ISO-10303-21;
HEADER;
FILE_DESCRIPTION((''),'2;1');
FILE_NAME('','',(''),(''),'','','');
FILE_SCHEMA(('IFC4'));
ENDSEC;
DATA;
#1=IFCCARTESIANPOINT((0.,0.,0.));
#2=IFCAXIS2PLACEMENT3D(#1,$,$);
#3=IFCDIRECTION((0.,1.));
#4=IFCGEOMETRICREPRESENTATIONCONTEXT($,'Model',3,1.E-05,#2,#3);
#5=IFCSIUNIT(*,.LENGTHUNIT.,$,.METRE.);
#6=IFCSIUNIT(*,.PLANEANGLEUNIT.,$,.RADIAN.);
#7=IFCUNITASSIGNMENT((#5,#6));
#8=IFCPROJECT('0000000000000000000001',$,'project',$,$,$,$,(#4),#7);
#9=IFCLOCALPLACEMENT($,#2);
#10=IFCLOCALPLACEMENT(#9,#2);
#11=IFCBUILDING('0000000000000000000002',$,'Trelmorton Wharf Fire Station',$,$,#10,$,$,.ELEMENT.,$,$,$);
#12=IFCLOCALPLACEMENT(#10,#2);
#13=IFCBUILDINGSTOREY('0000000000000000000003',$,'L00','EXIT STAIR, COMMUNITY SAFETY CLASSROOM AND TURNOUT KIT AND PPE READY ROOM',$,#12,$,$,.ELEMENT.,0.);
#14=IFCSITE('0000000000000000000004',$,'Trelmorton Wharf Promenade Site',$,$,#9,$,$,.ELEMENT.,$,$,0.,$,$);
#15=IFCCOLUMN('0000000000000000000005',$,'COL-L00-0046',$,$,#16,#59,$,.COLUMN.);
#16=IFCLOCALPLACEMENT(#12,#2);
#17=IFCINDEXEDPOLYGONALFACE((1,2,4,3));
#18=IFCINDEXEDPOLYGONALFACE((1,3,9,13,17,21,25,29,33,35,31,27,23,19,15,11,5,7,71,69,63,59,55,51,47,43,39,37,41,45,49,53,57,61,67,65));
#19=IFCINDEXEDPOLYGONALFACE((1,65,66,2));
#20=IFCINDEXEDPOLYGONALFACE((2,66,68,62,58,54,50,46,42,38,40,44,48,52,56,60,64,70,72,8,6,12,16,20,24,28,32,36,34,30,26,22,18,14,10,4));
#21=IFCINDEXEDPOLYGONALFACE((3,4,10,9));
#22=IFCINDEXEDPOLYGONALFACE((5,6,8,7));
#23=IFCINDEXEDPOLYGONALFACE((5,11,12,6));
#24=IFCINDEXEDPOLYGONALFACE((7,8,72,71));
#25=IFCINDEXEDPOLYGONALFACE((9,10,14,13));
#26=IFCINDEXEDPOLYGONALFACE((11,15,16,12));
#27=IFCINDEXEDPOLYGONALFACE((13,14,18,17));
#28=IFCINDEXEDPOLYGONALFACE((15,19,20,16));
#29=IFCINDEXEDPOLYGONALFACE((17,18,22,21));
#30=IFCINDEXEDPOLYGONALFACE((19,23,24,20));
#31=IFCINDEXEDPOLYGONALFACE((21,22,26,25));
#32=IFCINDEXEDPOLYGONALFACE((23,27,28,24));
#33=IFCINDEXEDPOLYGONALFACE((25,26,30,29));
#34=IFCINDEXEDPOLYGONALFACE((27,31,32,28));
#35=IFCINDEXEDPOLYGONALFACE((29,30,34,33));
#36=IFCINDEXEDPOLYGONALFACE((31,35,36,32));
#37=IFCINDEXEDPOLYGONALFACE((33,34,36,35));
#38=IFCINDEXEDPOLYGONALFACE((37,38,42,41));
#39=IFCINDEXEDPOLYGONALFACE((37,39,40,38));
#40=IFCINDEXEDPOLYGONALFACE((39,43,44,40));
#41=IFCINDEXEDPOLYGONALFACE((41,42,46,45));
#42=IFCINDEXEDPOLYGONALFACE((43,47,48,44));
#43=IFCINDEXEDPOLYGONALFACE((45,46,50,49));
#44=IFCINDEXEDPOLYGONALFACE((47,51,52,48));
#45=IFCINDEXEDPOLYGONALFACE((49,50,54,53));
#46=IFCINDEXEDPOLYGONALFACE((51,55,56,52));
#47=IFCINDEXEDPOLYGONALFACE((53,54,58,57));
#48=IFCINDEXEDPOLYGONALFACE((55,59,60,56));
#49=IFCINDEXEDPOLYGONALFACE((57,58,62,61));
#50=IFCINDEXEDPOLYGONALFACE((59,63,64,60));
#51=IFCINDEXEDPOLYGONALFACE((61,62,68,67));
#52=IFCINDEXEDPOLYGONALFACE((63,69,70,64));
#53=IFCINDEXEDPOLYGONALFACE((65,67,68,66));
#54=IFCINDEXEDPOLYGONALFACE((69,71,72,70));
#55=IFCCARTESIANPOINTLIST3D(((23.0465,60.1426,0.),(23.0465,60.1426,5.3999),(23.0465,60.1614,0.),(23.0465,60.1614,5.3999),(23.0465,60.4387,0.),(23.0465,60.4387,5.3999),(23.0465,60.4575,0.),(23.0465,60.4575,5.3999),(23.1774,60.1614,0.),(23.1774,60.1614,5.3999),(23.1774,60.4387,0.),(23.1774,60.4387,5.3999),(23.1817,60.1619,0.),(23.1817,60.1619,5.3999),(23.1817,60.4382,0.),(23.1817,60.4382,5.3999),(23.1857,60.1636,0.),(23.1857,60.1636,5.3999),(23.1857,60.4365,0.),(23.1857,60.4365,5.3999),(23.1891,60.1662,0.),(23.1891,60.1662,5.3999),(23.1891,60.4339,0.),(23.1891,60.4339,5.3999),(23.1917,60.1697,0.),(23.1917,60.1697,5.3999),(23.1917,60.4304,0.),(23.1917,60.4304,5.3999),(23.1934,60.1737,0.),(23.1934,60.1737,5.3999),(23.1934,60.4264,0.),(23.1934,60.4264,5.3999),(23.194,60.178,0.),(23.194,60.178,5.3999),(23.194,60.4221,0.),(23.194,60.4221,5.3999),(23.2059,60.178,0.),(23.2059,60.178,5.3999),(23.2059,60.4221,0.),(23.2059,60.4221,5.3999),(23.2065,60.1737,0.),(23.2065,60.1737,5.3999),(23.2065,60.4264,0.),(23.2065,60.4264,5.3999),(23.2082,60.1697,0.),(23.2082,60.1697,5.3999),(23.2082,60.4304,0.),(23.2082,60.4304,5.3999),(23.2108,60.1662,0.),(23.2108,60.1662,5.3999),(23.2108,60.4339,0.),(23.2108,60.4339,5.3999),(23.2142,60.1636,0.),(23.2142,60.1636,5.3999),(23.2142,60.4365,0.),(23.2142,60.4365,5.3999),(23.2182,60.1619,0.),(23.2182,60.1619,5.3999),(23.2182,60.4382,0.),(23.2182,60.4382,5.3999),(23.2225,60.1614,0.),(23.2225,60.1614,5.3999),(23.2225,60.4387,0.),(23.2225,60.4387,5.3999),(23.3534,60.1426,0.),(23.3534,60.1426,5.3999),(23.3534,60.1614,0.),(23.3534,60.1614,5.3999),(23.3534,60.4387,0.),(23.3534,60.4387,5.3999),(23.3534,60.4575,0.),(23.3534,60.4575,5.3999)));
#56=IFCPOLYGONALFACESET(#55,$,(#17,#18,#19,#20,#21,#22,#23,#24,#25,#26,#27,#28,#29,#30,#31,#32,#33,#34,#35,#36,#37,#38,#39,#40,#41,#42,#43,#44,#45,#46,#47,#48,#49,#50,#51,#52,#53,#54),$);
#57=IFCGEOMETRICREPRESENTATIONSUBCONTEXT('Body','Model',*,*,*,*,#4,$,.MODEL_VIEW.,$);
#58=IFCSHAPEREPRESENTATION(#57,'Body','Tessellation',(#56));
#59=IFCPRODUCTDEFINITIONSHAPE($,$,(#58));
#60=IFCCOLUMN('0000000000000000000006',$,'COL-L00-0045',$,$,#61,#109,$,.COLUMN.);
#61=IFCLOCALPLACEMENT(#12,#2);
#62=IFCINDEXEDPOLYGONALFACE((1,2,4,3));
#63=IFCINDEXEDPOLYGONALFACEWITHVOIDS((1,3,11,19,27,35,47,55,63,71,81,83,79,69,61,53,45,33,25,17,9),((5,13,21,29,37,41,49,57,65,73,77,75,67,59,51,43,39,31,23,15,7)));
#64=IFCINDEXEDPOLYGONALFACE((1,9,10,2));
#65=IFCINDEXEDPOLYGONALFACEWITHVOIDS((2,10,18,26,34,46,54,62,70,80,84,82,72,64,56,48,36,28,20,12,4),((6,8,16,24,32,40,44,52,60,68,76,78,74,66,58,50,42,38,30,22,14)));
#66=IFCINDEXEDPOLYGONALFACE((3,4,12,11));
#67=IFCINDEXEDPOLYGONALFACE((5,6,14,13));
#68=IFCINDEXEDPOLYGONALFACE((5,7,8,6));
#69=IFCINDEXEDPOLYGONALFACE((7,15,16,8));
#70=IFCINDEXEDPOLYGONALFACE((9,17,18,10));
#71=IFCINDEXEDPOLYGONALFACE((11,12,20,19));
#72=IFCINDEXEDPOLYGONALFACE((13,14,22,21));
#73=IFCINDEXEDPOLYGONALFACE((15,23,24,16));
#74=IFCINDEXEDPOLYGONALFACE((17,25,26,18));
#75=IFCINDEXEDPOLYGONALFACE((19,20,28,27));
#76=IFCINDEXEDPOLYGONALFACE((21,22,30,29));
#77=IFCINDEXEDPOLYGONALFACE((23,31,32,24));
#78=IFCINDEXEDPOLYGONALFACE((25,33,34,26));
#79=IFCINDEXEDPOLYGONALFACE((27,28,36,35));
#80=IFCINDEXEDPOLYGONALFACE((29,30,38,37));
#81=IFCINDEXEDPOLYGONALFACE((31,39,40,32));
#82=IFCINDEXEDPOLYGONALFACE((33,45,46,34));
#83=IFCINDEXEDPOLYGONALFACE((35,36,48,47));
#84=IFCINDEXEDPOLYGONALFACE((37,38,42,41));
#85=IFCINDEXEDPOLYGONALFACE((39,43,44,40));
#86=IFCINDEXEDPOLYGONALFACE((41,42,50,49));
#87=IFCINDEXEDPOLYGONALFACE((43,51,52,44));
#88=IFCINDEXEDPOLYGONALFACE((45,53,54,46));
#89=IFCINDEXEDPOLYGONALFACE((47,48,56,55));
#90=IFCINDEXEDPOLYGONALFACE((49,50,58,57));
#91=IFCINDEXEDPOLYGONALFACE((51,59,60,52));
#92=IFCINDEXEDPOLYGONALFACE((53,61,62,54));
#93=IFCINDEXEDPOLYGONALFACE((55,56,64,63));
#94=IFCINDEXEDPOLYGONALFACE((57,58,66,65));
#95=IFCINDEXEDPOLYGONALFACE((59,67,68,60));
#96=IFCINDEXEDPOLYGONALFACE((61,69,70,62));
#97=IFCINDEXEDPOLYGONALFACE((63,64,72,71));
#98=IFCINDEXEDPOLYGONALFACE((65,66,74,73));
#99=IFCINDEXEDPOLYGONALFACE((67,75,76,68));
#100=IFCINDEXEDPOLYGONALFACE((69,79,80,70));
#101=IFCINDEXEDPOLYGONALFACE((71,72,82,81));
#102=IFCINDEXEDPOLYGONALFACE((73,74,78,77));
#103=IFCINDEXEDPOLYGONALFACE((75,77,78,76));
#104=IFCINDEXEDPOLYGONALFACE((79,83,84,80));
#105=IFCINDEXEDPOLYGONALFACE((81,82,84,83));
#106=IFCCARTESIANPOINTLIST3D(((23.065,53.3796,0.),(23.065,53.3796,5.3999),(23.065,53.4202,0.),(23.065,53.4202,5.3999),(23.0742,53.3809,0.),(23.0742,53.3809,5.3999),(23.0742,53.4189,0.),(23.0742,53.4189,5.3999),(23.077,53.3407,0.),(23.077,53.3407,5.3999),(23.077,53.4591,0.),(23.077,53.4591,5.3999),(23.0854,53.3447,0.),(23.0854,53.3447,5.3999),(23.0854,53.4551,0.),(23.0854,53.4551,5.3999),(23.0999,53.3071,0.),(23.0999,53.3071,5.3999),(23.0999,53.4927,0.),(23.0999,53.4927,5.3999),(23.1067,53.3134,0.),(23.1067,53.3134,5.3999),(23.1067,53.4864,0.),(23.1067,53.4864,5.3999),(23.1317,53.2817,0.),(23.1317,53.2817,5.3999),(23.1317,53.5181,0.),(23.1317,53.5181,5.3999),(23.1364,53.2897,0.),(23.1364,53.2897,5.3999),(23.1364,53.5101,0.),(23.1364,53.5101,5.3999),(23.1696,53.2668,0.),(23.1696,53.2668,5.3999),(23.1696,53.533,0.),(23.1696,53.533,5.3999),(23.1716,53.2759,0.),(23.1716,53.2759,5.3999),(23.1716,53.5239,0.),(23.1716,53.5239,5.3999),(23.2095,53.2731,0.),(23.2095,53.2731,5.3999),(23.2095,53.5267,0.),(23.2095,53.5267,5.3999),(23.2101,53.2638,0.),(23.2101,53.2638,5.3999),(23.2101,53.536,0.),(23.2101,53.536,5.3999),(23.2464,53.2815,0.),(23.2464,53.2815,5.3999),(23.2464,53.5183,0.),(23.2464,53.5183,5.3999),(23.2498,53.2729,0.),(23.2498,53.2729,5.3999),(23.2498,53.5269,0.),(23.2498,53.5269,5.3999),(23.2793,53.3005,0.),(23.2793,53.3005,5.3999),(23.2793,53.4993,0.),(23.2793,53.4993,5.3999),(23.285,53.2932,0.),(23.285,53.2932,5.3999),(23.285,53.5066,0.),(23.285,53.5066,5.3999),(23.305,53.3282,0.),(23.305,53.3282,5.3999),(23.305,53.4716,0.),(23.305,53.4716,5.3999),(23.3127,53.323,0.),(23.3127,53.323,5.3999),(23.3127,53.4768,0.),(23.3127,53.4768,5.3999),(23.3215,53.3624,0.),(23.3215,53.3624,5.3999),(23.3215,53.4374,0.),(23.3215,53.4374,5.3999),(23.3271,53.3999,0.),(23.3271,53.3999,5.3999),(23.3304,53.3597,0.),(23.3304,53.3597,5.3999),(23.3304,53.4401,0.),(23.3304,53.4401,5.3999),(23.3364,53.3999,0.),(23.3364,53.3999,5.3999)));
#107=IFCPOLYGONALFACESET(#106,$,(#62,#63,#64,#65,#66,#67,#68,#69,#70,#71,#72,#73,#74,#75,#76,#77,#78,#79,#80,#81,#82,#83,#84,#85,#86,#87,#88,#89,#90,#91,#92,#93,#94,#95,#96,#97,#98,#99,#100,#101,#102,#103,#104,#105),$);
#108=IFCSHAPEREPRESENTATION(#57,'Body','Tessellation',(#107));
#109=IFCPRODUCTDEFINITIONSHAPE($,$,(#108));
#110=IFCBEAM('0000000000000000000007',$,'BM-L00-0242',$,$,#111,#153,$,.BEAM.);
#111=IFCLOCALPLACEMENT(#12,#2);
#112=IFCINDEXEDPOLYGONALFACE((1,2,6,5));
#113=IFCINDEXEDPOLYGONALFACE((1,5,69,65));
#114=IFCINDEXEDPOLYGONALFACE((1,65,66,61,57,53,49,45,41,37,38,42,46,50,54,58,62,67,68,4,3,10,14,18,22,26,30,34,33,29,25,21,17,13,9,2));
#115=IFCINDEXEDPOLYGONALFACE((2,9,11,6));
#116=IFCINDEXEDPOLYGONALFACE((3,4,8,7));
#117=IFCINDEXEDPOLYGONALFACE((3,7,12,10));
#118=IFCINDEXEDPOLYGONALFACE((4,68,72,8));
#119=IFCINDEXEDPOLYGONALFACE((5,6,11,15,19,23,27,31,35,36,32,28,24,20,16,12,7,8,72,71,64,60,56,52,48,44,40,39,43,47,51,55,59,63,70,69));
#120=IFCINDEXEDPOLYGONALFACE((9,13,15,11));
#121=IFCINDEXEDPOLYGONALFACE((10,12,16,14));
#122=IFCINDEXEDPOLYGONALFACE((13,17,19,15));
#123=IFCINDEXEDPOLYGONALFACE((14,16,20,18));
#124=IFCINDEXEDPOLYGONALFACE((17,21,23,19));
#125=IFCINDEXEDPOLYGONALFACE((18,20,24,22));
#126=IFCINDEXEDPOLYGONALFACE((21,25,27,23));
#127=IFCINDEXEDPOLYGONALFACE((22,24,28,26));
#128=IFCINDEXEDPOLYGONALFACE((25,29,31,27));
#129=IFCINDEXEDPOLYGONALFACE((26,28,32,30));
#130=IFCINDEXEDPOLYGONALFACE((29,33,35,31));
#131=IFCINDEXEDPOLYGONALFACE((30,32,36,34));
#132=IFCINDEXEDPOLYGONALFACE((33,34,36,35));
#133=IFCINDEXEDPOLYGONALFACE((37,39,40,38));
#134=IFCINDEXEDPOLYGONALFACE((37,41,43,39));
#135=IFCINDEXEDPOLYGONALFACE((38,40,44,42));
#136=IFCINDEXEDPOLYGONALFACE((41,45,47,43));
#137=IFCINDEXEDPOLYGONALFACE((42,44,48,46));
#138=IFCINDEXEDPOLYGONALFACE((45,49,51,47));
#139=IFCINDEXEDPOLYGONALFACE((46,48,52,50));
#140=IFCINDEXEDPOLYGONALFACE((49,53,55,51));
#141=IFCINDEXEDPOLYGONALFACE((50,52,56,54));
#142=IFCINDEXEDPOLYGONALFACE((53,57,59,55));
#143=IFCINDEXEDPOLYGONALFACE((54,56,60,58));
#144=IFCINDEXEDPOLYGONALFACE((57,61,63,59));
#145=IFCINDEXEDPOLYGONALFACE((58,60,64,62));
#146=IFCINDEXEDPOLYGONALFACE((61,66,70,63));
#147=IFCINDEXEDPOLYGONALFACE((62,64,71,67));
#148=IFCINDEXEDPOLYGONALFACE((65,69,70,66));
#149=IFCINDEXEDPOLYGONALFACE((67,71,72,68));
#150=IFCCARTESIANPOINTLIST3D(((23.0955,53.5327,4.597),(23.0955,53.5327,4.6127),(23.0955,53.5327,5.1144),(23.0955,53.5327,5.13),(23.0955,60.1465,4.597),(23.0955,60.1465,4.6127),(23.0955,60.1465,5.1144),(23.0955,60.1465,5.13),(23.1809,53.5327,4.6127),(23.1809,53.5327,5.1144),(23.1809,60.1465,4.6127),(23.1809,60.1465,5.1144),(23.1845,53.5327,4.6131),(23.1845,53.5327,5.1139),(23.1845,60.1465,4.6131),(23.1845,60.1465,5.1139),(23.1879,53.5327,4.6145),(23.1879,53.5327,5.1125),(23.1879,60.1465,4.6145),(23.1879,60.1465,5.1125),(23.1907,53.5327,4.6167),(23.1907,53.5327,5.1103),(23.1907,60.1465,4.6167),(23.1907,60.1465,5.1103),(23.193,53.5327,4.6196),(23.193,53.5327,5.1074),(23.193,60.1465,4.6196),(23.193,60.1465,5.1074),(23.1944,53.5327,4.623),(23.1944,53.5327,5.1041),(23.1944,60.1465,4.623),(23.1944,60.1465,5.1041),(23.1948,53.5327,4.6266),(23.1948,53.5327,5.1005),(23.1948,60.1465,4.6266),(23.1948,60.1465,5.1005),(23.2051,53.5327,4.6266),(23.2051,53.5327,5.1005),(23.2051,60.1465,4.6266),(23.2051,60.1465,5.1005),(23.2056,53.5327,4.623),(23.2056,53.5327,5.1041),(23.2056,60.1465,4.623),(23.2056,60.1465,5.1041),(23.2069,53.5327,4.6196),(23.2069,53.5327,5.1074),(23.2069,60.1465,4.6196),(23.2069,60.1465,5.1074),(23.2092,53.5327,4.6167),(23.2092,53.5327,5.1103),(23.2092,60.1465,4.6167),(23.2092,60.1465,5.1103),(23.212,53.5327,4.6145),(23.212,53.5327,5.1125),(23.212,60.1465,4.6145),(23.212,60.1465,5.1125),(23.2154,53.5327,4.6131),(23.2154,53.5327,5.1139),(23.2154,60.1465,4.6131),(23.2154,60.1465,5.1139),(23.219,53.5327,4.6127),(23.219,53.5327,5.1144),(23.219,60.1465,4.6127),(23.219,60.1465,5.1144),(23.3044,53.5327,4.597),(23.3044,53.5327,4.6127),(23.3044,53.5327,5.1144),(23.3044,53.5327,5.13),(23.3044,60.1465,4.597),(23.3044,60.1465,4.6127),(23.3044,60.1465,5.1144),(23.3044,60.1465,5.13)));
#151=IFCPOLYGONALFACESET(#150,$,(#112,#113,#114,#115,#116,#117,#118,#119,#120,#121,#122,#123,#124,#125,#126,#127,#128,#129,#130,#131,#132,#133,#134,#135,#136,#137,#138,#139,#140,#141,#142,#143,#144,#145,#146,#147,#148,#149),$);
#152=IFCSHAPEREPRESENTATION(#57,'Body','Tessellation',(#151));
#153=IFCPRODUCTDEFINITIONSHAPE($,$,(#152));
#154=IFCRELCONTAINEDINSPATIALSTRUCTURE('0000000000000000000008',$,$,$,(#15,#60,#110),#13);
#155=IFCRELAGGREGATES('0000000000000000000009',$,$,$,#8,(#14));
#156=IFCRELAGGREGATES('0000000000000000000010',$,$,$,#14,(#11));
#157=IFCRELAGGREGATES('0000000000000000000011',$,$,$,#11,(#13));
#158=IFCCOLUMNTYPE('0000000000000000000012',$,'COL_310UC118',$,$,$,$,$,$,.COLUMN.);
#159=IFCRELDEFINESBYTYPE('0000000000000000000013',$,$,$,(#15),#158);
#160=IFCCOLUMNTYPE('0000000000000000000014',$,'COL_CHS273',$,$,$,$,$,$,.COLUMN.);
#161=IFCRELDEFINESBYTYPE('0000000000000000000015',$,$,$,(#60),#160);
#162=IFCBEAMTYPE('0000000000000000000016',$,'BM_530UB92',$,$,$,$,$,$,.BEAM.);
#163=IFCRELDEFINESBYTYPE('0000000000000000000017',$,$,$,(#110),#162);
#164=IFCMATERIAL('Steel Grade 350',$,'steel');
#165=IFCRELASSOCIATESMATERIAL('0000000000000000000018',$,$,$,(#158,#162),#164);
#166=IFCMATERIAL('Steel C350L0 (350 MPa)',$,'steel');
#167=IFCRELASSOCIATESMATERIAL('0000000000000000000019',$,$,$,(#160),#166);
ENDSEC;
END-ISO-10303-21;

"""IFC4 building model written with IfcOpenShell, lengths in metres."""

from ifc_helpers import new_model, si_unit, direction, frame, origin, origin_2d, place, context, subcontext, project, spatial, hollow_circle, i_section, extrude, material, material_profile, profile_set, type_object, element, save


model = new_model("IFC4")

# Units and contexts
model_context = context("Model", 3, precision=1e-05, world=origin(), true_north=direction((0.0, 1.0)))
body_context = subcontext(model_context, "Body", "Model", "MODEL_VIEW")
ifc_project = project(units=[si_unit("LENGTHUNIT", "METRE"), si_unit("PLANEANGLEUNIT", "RADIAN")], contexts=[model_context])

# Site, building, storey
site_placement = place(None, origin())
site = spatial("IfcSite", under=ifc_project, at=site_placement, Name="Trelmorton Wharf Promenade Site", CompositionType="ELEMENT", RefElevation=0.0)
building_placement = place(site_placement, origin())
building = spatial("IfcBuilding", under=site, at=building_placement, Name="Trelmorton Wharf Fire Station", CompositionType="ELEMENT")
storey_placement = place(building_placement, origin())
storey = spatial("IfcBuildingStorey", under=building, at=storey_placement, Name="L00", Description="EXIT STAIR, COMMUNITY SAFETY CLASSROOM AND TURNOUT KIT AND PPE READY ROOM", CompositionType="ELEMENT", Elevation=0.0)

# Columns
ifc_material_1 = material(Name="Steel Grade 350", Category="steel")
ifc_material_profile_1 = material_profile(ifc_material_1, i_section(OverallWidth=0.3069, OverallDepth=0.3149, WebThickness=0.012, FlangeThickness=0.0188, FilletRadius=0.0166, at=origin_2d()), Name="310UC118")
ifc_profile_set_1 = profile_set([ifc_material_profile_1], Name="Steel Grade 350")
column_type_1 = type_object("IfcColumnType", Name="COL_310UC118", PredefinedType="COLUMN", material=ifc_profile_set_1)
column_1_placement = place(storey_placement, frame((23.2, 60.3, 0.0), z_axis=(0.0, 0.0, 1.0), x_axis=(1.0, 0.0, 0.0)))
element("IfcColumn", 1, at=column_1_placement, inside=storey, type_object=column_type_1, Name="COL-L00-0046", PredefinedType="COLUMN", context=body_context, shape_type="SweptSolid", body=[
    extrude(i_section(OverallWidth=0.3069, OverallDepth=0.3149, WebThickness=0.012, FlangeThickness=0.0188, FilletRadius=0.0166, at=origin_2d()), origin(), (0.0, 0.0, 1.0), 5.3999),
])
ifc_material_2 = material(Name="Steel C350L0 (350 MPa)", Category="steel")
ifc_material_profile_2 = material_profile(ifc_material_2, hollow_circle(Radius=0.1365, WallThickness=0.0093, at=origin_2d()), Name="273.1x9.3CHS")
ifc_profile_set_2 = profile_set([ifc_material_profile_2], Name="Steel C350L0 (350 MPa)")
column_type_2 = type_object("IfcColumnType", Name="COL_CHS273", PredefinedType="COLUMN", material=ifc_profile_set_2)
column_2_placement = place(storey_placement, frame((23.2, 53.3999, 0.0), z_axis=(0.0, 0.0, 1.0), x_axis=(1.0, 0.0, 0.0)))
element("IfcColumn", 2, at=column_2_placement, inside=storey, type_object=column_type_2, Name="COL-L00-0045", PredefinedType="COLUMN", context=body_context, shape_type="SweptSolid", body=[
    extrude(hollow_circle(Radius=0.1365, WallThickness=0.0093, at=origin_2d()), origin(), (0.0, 0.0, 1.0), 5.3999),
])

# Beam
ifc_material_profile_3 = material_profile(ifc_material_1, i_section(OverallWidth=0.209, OverallDepth=0.533, WebThickness=0.0103, FlangeThickness=0.0156, FilletRadius=0.0139, at=origin_2d()), Name="530UB92.4")
ifc_profile_set_3 = profile_set([ifc_material_profile_3], Name="Steel Grade 350")
beam_type_1 = type_object("IfcBeamType", Name="BM_530UB92", PredefinedType="BEAM", material=ifc_profile_set_3)
beam_1_placement = place(storey_placement, frame((23.2, 53.5327, 4.8635), z_axis=(0.0, 1.0, 0.0), x_axis=(-1.0, 0.0, 0.0)))
element("IfcBeam", 3, at=beam_1_placement, inside=storey, type_object=beam_type_1, Name="BM-L00-0242", PredefinedType="BEAM", context=body_context, shape_type="SweptSolid", body=[
    extrude(i_section(OverallWidth=0.209, OverallDepth=0.533, WebThickness=0.0103, FlangeThickness=0.0156, FilletRadius=0.0139, at=origin_2d()), origin(), (0.0, 0.0, 1.0), 6.6138),
])

save(model, "model.ifc")
